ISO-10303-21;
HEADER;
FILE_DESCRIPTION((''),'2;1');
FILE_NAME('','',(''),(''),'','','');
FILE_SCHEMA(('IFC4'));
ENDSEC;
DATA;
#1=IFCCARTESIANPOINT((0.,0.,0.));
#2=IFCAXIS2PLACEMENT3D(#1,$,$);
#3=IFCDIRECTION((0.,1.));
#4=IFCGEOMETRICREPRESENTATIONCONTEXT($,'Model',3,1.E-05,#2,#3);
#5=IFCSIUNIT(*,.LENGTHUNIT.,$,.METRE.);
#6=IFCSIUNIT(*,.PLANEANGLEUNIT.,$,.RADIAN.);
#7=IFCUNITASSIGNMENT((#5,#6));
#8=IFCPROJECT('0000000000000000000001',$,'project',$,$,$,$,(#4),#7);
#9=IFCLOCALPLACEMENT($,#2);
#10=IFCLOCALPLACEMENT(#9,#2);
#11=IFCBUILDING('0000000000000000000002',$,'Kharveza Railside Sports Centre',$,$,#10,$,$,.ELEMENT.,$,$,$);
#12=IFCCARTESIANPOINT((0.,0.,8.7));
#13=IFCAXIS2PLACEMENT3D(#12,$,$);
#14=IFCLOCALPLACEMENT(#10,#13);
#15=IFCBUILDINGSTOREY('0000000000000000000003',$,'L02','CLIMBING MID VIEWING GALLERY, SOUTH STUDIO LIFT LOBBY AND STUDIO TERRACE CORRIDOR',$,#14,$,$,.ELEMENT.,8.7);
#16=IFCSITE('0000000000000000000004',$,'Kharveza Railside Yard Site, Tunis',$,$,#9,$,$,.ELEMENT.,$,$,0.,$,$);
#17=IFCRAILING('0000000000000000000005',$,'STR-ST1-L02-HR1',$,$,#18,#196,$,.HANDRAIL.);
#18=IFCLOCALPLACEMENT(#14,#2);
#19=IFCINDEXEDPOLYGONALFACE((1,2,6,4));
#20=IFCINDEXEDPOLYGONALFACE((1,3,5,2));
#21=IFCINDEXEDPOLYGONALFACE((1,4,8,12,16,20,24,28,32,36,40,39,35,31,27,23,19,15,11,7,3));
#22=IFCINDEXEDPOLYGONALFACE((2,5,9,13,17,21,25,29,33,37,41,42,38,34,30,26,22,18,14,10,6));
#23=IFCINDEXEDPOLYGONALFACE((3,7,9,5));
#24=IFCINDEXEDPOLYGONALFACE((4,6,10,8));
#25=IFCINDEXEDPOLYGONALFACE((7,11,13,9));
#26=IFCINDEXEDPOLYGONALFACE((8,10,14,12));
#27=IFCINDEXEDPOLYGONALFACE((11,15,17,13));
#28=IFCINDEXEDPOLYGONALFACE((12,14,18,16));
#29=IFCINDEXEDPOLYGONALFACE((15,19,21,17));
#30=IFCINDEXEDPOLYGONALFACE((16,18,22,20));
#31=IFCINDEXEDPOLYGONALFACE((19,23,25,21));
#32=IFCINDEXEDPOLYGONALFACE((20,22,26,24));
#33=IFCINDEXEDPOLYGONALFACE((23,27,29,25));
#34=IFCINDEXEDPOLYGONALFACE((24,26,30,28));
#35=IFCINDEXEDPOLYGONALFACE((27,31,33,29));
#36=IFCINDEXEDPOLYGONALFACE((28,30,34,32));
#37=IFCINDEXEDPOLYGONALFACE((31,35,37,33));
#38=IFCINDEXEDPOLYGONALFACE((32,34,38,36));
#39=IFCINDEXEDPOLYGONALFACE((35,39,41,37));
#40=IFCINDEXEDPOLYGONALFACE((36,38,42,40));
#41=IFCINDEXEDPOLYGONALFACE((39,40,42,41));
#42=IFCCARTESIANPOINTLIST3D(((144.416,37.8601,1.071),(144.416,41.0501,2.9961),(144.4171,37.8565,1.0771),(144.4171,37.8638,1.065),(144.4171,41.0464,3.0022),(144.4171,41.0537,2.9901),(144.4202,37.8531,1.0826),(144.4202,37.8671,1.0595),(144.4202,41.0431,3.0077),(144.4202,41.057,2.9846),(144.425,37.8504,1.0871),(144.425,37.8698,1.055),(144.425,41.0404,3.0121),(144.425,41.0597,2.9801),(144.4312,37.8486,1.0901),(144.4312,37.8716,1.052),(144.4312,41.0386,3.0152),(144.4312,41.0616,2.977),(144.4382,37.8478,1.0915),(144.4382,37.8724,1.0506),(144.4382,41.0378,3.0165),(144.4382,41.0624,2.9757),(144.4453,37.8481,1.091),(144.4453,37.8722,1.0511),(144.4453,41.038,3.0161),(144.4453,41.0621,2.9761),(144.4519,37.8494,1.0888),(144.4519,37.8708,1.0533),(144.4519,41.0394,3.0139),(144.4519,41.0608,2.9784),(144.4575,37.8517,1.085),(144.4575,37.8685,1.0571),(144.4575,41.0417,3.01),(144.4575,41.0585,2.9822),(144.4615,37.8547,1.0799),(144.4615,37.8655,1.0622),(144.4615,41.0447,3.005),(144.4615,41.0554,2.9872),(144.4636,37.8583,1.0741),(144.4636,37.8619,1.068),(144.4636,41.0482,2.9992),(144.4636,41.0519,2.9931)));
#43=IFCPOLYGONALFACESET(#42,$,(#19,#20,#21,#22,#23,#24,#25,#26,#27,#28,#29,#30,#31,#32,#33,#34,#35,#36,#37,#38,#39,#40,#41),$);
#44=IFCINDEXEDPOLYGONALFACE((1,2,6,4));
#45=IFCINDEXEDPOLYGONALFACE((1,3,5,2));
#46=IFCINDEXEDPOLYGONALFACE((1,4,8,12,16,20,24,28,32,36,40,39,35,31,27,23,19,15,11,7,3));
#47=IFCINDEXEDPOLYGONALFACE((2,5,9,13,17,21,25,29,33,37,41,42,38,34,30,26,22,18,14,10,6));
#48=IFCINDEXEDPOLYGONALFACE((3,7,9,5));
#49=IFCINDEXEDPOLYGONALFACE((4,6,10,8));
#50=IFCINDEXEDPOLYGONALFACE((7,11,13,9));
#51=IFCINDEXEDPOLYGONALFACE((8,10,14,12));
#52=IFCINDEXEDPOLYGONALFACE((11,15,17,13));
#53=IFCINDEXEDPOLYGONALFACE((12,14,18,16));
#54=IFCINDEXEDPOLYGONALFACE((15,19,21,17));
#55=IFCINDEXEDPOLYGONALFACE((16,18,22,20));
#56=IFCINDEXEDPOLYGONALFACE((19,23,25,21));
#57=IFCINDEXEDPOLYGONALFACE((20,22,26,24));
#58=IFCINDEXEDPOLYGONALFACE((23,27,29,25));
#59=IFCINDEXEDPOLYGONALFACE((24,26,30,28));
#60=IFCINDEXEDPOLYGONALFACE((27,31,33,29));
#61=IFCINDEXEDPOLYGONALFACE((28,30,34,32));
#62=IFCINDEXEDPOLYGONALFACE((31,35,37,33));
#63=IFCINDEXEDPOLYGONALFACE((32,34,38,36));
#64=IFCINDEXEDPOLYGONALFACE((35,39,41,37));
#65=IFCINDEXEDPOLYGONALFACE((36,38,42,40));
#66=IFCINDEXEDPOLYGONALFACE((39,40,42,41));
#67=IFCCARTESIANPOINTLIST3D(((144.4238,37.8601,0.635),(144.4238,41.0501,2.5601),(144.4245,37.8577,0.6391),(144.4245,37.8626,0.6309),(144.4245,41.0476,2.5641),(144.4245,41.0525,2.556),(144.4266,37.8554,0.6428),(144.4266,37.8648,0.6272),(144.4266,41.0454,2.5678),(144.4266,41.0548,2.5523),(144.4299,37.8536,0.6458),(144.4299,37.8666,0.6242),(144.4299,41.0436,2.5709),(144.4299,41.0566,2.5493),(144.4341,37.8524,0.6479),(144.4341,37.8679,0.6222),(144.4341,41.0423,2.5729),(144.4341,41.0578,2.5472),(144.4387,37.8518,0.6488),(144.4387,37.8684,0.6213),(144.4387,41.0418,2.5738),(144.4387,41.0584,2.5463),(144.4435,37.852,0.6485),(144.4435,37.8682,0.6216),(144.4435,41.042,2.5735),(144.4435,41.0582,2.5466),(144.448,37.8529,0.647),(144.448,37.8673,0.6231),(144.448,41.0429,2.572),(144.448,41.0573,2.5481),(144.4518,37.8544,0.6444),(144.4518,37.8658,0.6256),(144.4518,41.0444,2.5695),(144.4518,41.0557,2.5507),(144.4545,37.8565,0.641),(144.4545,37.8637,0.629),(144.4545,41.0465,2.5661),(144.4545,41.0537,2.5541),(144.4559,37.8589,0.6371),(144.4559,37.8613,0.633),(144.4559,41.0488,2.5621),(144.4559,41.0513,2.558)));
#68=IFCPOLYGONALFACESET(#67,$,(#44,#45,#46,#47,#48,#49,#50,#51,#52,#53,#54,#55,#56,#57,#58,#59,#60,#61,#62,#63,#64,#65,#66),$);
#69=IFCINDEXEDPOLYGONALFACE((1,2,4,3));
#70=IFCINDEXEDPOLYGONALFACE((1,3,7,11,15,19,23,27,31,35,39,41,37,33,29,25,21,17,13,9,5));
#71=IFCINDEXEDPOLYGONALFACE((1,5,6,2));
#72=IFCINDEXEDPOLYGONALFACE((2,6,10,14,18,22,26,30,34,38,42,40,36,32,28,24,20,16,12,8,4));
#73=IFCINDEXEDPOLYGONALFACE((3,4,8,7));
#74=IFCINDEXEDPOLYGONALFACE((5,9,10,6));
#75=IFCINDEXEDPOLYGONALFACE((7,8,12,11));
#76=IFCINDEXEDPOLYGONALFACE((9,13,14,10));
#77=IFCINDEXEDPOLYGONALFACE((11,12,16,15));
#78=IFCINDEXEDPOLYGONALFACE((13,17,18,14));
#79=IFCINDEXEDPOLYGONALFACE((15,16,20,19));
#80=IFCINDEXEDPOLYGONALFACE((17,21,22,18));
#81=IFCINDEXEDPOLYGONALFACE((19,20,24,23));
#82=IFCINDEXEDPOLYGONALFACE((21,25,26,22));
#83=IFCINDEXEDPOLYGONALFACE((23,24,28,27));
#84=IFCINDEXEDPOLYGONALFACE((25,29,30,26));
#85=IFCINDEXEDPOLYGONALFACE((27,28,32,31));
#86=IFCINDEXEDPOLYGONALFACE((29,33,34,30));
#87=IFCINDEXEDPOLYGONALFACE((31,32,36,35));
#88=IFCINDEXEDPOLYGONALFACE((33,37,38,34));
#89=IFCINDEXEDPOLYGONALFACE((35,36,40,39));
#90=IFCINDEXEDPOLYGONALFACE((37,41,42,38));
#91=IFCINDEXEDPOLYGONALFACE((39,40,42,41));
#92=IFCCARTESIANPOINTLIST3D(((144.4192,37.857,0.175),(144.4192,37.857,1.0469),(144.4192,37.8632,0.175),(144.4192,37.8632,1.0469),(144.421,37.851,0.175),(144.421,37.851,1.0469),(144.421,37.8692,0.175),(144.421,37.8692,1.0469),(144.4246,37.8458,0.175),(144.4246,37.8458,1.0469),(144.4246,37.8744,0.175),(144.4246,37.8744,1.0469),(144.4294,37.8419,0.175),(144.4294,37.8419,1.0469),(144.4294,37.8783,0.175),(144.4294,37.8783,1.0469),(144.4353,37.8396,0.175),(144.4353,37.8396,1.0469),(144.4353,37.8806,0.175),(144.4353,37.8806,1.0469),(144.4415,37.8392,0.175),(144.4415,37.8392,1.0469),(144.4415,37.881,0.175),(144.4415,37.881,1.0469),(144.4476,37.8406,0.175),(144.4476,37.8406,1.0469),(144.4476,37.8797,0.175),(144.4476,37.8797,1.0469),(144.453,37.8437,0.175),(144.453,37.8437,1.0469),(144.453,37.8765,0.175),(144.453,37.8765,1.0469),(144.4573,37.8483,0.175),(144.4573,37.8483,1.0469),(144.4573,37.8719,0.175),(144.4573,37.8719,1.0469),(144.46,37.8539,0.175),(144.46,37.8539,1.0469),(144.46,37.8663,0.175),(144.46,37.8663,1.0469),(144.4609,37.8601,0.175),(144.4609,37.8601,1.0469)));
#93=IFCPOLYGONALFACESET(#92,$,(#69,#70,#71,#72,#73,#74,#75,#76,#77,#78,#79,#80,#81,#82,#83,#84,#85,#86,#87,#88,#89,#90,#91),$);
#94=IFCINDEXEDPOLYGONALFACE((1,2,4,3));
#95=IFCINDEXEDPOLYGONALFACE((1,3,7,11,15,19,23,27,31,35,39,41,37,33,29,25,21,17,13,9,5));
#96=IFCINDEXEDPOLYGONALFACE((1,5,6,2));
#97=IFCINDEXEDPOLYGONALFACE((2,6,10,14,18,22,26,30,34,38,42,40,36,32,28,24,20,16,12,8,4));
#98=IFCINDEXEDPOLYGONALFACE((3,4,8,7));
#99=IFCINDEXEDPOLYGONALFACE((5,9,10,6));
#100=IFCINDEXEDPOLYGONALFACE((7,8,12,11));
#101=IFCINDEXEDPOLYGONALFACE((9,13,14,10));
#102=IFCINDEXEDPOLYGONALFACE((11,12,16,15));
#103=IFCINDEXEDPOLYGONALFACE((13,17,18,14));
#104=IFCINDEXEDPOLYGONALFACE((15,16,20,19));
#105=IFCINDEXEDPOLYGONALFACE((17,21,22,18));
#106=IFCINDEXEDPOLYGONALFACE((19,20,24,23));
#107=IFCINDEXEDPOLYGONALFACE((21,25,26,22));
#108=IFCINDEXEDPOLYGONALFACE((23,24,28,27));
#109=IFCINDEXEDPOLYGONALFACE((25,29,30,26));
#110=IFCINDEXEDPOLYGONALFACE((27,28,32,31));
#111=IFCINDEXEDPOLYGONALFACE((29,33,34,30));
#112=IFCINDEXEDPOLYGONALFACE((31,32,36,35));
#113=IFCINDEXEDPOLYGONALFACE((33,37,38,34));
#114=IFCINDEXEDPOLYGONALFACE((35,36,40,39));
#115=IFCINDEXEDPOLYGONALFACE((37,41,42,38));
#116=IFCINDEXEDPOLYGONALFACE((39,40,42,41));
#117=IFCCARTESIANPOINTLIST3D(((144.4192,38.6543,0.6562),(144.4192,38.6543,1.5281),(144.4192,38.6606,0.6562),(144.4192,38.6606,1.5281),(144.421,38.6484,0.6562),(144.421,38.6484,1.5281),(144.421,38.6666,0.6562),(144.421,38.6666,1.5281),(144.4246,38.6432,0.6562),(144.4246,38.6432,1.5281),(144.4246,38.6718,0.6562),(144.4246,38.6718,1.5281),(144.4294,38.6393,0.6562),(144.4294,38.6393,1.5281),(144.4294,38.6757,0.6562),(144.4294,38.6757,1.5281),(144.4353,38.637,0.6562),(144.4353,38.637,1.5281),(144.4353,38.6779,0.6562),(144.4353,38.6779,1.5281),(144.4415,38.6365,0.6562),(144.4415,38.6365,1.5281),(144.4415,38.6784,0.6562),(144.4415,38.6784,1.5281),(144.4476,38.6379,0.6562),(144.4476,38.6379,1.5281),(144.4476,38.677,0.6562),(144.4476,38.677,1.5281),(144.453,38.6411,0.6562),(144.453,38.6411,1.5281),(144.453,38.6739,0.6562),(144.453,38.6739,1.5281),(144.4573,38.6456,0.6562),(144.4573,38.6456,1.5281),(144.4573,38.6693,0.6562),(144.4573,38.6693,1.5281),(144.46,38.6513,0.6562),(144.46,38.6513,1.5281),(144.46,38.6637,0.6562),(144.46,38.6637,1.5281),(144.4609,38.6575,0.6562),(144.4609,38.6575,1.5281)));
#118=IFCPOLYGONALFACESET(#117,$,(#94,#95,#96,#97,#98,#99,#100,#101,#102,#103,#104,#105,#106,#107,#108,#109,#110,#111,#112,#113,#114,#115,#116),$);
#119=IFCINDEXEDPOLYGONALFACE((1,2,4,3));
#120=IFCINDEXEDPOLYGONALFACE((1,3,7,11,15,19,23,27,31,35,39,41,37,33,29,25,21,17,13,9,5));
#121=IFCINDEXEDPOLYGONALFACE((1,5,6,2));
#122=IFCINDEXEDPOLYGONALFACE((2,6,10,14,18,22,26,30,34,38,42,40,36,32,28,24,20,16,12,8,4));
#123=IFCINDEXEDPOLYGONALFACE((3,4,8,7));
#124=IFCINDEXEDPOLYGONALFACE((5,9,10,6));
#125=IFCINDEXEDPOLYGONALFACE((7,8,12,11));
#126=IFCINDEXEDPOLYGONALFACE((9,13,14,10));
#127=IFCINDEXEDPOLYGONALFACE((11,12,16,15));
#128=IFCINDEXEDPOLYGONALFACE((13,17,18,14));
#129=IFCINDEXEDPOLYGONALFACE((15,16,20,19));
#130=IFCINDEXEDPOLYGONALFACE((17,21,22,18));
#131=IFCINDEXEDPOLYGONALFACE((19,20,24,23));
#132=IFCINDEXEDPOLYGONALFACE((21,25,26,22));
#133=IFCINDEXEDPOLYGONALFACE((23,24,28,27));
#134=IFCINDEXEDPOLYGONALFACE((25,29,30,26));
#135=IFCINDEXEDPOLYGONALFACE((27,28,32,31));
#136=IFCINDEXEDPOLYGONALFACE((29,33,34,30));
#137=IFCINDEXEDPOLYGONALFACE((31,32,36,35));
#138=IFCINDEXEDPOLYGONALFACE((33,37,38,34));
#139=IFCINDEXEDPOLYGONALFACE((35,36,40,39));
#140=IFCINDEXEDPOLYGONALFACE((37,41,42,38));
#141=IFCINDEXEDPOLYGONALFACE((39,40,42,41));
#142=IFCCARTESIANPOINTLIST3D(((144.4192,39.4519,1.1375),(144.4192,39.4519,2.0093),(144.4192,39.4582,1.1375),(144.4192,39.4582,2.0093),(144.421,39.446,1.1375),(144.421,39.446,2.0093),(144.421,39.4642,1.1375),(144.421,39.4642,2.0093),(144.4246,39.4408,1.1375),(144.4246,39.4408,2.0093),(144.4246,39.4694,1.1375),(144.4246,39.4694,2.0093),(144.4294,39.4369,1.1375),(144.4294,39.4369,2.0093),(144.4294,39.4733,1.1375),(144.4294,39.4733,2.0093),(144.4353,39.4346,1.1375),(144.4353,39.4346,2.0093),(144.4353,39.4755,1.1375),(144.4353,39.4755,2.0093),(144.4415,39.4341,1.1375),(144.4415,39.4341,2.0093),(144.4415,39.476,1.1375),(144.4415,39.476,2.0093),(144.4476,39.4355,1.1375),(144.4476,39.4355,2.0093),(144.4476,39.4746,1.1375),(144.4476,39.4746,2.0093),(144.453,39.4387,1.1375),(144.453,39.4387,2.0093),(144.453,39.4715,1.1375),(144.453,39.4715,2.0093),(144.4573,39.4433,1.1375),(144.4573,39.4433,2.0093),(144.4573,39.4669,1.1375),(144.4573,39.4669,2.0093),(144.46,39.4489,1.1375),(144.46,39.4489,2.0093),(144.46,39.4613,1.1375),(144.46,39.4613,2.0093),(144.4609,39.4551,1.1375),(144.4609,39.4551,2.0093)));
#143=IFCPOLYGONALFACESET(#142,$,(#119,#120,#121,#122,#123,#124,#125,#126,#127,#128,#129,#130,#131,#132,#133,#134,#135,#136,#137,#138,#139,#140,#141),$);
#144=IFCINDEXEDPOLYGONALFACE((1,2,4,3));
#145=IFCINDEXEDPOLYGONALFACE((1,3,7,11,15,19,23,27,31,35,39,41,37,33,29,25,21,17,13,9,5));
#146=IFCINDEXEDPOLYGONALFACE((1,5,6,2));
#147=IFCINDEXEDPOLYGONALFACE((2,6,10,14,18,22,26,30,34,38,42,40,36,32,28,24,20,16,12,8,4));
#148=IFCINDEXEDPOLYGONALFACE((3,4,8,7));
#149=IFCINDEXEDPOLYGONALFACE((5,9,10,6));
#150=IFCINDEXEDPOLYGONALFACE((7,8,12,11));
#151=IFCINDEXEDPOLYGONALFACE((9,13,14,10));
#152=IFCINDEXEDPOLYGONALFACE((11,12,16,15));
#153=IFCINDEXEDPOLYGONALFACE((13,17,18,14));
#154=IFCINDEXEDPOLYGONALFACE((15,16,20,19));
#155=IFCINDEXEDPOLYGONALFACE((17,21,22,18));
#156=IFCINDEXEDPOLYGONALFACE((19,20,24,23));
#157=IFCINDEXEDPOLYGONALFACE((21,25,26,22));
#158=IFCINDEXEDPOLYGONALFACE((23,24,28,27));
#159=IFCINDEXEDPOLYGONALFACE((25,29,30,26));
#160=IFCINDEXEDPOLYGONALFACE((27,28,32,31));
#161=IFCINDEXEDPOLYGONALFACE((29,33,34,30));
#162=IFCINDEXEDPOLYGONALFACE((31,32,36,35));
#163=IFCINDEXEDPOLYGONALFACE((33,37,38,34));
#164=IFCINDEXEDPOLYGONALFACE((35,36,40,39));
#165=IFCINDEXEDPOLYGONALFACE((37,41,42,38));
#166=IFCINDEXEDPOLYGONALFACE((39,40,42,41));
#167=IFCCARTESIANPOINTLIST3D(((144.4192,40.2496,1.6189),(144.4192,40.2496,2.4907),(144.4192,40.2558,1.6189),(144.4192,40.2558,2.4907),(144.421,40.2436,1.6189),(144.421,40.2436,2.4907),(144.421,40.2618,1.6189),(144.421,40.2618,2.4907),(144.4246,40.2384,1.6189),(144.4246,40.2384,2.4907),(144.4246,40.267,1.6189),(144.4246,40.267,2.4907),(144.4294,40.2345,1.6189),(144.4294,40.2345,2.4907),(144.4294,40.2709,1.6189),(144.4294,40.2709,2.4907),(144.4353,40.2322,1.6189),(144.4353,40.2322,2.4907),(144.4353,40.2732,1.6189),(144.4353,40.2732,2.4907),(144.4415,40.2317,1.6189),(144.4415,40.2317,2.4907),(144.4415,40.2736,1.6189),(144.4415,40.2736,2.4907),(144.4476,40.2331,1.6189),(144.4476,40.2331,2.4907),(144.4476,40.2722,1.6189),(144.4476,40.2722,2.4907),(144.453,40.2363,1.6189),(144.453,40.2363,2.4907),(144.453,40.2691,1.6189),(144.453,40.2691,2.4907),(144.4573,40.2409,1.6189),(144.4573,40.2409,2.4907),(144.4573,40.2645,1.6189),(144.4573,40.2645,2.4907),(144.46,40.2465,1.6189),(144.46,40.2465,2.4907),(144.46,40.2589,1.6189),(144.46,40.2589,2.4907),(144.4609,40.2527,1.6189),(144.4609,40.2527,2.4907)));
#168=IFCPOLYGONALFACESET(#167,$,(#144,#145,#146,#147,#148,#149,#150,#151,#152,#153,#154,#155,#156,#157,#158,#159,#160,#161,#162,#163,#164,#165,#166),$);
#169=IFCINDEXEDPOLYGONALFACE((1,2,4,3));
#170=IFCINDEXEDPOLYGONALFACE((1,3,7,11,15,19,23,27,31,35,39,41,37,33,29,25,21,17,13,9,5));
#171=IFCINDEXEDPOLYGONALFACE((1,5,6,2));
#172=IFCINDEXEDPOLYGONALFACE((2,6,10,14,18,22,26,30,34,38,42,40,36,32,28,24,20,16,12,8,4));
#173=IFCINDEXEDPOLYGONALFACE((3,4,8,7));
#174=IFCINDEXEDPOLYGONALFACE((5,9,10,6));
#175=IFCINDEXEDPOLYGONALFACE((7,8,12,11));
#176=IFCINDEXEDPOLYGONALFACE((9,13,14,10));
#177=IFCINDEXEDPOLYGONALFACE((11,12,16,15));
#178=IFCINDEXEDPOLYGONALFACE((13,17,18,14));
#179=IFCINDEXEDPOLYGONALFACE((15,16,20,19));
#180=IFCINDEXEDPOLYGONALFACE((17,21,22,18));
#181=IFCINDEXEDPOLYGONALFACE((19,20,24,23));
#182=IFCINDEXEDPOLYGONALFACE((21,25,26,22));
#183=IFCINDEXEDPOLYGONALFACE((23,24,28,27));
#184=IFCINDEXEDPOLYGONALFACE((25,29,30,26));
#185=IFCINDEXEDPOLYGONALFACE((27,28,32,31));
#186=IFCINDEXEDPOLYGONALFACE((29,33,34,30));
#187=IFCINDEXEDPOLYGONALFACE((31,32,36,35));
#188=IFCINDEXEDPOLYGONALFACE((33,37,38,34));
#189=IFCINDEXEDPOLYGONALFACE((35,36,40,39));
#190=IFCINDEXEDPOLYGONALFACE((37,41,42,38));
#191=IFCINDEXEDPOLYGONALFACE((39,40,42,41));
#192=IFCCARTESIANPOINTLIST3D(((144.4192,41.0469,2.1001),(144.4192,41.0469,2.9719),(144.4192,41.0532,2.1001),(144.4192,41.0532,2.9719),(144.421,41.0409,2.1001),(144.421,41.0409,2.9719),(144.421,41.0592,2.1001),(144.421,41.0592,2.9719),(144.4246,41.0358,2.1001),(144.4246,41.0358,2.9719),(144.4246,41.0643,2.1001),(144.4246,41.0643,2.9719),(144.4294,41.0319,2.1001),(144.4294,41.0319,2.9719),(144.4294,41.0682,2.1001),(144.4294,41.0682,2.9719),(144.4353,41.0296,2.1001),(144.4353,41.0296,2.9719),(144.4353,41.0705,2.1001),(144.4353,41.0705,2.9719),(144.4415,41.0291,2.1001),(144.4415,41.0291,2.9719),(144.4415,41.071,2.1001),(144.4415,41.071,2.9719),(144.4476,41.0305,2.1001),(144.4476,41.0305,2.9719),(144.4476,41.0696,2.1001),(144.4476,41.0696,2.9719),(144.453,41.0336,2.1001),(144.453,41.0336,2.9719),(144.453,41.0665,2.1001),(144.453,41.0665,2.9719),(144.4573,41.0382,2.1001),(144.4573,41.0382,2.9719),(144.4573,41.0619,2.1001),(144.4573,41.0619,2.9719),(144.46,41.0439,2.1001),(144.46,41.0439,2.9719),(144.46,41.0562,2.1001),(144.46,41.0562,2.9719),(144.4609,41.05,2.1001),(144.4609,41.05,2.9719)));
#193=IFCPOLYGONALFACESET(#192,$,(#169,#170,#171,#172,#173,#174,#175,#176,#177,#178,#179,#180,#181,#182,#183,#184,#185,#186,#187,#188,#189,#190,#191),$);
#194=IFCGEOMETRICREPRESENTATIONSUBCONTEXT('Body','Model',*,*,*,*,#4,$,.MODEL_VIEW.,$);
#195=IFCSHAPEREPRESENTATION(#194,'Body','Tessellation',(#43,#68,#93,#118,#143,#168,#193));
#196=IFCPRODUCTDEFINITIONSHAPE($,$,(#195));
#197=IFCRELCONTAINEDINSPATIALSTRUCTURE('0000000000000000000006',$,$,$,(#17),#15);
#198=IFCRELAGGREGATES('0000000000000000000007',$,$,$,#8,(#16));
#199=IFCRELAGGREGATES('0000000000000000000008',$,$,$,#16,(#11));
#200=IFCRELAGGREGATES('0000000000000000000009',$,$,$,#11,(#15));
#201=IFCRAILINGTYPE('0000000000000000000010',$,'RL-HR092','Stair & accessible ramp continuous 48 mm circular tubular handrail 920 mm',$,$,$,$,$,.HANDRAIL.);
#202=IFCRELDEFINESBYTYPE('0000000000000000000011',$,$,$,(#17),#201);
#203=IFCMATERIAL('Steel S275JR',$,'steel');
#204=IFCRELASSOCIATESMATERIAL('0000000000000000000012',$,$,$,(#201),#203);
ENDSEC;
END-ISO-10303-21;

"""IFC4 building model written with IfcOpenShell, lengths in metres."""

from ifc_helpers import new_model, si_unit, direction, frame, origin, origin_2d, place, context, subcontext, project, spatial, circle, extrude, material, type_object, element, save


model = new_model("IFC4")

# Units and contexts
model_context = context("Model", 3, precision=1e-05, world=origin(), true_north=direction((0.0, 1.0)))
body_context = subcontext(model_context, "Body", "Model", "MODEL_VIEW")
ifc_project = project(units=[si_unit("LENGTHUNIT", "METRE"), si_unit("PLANEANGLEUNIT", "RADIAN")], contexts=[model_context])

# Site, building, storey
site_placement = place(None, origin())
site = spatial("IfcSite", under=ifc_project, at=site_placement, Name="Kharveza Railside Yard Site, Tunis", CompositionType="ELEMENT", RefElevation=0.0)
building_placement = place(site_placement, origin())
building = spatial("IfcBuilding", under=site, at=building_placement, Name="Kharveza Railside Sports Centre", CompositionType="ELEMENT")
storey_placement = place(building_placement, frame((0.0, 0.0, 8.7)))
storey = spatial("IfcBuildingStorey", under=building, at=storey_placement, Name="L02", Description="CLIMBING MID VIEWING GALLERY, SOUTH STUDIO LIFT LOBBY AND STUDIO TERRACE CORRIDOR", CompositionType="ELEMENT", Elevation=8.7)

# Railing
ifc_material_1 = material(Name="Steel S275JR", Category="steel")
railing_type_1 = type_object("IfcRailingType", Name="RL-HR092", Description="Stair & accessible ramp continuous 48 mm circular tubular handrail 920 mm", PredefinedType="HANDRAIL", material=ifc_material_1)
railing_1_placement = place(storey_placement, frame((144.4399, 37.8601, 0.175)))
element("IfcRailing", 1, at=railing_1_placement, inside=storey, type_object=railing_type_1, Name="STR-ST1-L02-HR1", PredefinedType="HANDRAIL", context=body_context, shape_type="SweptSolid", body=[
    extrude(circle(Radius=0.0239, at=origin_2d()), frame((0.0, 0.0, 0.896), z_axis=(0.0, 0.856178, 0.516682), x_axis=(-1.0, 0.0, 0.0)), (0.0, 0.0, 1.0), 3.7258),
    extrude(circle(Radius=0.0161, at=origin_2d()), frame((0.0, 0.0, 0.46), z_axis=(0.0, 0.856178, 0.516682), x_axis=(-1.0, 0.0, 0.0)), (0.0, 0.0, 1.0), 3.7258),
    extrude(circle(Radius=0.021, at=origin_2d()), origin(), (0.0, 0.0, 1.0), 0.8718),
    extrude(circle(Radius=0.021, at=origin_2d()), frame((0.0, 0.7974, 0.4812)), (0.0, 0.0, 1.0), 0.8718),
    extrude(circle(Radius=0.021, at=origin_2d()), frame((0.0, 1.595, 0.9624)), (0.0, 0.0, 1.0), 0.8718),
    extrude(circle(Radius=0.021, at=origin_2d()), frame((0.0, 2.3926, 1.4438)), (0.0, 0.0, 1.0), 0.8718),
    extrude(circle(Radius=0.021, at=origin_2d()), frame((0.0, 3.1899, 1.925)), (0.0, 0.0, 1.0), 0.8718),
])

save(model, "model.ifc")
